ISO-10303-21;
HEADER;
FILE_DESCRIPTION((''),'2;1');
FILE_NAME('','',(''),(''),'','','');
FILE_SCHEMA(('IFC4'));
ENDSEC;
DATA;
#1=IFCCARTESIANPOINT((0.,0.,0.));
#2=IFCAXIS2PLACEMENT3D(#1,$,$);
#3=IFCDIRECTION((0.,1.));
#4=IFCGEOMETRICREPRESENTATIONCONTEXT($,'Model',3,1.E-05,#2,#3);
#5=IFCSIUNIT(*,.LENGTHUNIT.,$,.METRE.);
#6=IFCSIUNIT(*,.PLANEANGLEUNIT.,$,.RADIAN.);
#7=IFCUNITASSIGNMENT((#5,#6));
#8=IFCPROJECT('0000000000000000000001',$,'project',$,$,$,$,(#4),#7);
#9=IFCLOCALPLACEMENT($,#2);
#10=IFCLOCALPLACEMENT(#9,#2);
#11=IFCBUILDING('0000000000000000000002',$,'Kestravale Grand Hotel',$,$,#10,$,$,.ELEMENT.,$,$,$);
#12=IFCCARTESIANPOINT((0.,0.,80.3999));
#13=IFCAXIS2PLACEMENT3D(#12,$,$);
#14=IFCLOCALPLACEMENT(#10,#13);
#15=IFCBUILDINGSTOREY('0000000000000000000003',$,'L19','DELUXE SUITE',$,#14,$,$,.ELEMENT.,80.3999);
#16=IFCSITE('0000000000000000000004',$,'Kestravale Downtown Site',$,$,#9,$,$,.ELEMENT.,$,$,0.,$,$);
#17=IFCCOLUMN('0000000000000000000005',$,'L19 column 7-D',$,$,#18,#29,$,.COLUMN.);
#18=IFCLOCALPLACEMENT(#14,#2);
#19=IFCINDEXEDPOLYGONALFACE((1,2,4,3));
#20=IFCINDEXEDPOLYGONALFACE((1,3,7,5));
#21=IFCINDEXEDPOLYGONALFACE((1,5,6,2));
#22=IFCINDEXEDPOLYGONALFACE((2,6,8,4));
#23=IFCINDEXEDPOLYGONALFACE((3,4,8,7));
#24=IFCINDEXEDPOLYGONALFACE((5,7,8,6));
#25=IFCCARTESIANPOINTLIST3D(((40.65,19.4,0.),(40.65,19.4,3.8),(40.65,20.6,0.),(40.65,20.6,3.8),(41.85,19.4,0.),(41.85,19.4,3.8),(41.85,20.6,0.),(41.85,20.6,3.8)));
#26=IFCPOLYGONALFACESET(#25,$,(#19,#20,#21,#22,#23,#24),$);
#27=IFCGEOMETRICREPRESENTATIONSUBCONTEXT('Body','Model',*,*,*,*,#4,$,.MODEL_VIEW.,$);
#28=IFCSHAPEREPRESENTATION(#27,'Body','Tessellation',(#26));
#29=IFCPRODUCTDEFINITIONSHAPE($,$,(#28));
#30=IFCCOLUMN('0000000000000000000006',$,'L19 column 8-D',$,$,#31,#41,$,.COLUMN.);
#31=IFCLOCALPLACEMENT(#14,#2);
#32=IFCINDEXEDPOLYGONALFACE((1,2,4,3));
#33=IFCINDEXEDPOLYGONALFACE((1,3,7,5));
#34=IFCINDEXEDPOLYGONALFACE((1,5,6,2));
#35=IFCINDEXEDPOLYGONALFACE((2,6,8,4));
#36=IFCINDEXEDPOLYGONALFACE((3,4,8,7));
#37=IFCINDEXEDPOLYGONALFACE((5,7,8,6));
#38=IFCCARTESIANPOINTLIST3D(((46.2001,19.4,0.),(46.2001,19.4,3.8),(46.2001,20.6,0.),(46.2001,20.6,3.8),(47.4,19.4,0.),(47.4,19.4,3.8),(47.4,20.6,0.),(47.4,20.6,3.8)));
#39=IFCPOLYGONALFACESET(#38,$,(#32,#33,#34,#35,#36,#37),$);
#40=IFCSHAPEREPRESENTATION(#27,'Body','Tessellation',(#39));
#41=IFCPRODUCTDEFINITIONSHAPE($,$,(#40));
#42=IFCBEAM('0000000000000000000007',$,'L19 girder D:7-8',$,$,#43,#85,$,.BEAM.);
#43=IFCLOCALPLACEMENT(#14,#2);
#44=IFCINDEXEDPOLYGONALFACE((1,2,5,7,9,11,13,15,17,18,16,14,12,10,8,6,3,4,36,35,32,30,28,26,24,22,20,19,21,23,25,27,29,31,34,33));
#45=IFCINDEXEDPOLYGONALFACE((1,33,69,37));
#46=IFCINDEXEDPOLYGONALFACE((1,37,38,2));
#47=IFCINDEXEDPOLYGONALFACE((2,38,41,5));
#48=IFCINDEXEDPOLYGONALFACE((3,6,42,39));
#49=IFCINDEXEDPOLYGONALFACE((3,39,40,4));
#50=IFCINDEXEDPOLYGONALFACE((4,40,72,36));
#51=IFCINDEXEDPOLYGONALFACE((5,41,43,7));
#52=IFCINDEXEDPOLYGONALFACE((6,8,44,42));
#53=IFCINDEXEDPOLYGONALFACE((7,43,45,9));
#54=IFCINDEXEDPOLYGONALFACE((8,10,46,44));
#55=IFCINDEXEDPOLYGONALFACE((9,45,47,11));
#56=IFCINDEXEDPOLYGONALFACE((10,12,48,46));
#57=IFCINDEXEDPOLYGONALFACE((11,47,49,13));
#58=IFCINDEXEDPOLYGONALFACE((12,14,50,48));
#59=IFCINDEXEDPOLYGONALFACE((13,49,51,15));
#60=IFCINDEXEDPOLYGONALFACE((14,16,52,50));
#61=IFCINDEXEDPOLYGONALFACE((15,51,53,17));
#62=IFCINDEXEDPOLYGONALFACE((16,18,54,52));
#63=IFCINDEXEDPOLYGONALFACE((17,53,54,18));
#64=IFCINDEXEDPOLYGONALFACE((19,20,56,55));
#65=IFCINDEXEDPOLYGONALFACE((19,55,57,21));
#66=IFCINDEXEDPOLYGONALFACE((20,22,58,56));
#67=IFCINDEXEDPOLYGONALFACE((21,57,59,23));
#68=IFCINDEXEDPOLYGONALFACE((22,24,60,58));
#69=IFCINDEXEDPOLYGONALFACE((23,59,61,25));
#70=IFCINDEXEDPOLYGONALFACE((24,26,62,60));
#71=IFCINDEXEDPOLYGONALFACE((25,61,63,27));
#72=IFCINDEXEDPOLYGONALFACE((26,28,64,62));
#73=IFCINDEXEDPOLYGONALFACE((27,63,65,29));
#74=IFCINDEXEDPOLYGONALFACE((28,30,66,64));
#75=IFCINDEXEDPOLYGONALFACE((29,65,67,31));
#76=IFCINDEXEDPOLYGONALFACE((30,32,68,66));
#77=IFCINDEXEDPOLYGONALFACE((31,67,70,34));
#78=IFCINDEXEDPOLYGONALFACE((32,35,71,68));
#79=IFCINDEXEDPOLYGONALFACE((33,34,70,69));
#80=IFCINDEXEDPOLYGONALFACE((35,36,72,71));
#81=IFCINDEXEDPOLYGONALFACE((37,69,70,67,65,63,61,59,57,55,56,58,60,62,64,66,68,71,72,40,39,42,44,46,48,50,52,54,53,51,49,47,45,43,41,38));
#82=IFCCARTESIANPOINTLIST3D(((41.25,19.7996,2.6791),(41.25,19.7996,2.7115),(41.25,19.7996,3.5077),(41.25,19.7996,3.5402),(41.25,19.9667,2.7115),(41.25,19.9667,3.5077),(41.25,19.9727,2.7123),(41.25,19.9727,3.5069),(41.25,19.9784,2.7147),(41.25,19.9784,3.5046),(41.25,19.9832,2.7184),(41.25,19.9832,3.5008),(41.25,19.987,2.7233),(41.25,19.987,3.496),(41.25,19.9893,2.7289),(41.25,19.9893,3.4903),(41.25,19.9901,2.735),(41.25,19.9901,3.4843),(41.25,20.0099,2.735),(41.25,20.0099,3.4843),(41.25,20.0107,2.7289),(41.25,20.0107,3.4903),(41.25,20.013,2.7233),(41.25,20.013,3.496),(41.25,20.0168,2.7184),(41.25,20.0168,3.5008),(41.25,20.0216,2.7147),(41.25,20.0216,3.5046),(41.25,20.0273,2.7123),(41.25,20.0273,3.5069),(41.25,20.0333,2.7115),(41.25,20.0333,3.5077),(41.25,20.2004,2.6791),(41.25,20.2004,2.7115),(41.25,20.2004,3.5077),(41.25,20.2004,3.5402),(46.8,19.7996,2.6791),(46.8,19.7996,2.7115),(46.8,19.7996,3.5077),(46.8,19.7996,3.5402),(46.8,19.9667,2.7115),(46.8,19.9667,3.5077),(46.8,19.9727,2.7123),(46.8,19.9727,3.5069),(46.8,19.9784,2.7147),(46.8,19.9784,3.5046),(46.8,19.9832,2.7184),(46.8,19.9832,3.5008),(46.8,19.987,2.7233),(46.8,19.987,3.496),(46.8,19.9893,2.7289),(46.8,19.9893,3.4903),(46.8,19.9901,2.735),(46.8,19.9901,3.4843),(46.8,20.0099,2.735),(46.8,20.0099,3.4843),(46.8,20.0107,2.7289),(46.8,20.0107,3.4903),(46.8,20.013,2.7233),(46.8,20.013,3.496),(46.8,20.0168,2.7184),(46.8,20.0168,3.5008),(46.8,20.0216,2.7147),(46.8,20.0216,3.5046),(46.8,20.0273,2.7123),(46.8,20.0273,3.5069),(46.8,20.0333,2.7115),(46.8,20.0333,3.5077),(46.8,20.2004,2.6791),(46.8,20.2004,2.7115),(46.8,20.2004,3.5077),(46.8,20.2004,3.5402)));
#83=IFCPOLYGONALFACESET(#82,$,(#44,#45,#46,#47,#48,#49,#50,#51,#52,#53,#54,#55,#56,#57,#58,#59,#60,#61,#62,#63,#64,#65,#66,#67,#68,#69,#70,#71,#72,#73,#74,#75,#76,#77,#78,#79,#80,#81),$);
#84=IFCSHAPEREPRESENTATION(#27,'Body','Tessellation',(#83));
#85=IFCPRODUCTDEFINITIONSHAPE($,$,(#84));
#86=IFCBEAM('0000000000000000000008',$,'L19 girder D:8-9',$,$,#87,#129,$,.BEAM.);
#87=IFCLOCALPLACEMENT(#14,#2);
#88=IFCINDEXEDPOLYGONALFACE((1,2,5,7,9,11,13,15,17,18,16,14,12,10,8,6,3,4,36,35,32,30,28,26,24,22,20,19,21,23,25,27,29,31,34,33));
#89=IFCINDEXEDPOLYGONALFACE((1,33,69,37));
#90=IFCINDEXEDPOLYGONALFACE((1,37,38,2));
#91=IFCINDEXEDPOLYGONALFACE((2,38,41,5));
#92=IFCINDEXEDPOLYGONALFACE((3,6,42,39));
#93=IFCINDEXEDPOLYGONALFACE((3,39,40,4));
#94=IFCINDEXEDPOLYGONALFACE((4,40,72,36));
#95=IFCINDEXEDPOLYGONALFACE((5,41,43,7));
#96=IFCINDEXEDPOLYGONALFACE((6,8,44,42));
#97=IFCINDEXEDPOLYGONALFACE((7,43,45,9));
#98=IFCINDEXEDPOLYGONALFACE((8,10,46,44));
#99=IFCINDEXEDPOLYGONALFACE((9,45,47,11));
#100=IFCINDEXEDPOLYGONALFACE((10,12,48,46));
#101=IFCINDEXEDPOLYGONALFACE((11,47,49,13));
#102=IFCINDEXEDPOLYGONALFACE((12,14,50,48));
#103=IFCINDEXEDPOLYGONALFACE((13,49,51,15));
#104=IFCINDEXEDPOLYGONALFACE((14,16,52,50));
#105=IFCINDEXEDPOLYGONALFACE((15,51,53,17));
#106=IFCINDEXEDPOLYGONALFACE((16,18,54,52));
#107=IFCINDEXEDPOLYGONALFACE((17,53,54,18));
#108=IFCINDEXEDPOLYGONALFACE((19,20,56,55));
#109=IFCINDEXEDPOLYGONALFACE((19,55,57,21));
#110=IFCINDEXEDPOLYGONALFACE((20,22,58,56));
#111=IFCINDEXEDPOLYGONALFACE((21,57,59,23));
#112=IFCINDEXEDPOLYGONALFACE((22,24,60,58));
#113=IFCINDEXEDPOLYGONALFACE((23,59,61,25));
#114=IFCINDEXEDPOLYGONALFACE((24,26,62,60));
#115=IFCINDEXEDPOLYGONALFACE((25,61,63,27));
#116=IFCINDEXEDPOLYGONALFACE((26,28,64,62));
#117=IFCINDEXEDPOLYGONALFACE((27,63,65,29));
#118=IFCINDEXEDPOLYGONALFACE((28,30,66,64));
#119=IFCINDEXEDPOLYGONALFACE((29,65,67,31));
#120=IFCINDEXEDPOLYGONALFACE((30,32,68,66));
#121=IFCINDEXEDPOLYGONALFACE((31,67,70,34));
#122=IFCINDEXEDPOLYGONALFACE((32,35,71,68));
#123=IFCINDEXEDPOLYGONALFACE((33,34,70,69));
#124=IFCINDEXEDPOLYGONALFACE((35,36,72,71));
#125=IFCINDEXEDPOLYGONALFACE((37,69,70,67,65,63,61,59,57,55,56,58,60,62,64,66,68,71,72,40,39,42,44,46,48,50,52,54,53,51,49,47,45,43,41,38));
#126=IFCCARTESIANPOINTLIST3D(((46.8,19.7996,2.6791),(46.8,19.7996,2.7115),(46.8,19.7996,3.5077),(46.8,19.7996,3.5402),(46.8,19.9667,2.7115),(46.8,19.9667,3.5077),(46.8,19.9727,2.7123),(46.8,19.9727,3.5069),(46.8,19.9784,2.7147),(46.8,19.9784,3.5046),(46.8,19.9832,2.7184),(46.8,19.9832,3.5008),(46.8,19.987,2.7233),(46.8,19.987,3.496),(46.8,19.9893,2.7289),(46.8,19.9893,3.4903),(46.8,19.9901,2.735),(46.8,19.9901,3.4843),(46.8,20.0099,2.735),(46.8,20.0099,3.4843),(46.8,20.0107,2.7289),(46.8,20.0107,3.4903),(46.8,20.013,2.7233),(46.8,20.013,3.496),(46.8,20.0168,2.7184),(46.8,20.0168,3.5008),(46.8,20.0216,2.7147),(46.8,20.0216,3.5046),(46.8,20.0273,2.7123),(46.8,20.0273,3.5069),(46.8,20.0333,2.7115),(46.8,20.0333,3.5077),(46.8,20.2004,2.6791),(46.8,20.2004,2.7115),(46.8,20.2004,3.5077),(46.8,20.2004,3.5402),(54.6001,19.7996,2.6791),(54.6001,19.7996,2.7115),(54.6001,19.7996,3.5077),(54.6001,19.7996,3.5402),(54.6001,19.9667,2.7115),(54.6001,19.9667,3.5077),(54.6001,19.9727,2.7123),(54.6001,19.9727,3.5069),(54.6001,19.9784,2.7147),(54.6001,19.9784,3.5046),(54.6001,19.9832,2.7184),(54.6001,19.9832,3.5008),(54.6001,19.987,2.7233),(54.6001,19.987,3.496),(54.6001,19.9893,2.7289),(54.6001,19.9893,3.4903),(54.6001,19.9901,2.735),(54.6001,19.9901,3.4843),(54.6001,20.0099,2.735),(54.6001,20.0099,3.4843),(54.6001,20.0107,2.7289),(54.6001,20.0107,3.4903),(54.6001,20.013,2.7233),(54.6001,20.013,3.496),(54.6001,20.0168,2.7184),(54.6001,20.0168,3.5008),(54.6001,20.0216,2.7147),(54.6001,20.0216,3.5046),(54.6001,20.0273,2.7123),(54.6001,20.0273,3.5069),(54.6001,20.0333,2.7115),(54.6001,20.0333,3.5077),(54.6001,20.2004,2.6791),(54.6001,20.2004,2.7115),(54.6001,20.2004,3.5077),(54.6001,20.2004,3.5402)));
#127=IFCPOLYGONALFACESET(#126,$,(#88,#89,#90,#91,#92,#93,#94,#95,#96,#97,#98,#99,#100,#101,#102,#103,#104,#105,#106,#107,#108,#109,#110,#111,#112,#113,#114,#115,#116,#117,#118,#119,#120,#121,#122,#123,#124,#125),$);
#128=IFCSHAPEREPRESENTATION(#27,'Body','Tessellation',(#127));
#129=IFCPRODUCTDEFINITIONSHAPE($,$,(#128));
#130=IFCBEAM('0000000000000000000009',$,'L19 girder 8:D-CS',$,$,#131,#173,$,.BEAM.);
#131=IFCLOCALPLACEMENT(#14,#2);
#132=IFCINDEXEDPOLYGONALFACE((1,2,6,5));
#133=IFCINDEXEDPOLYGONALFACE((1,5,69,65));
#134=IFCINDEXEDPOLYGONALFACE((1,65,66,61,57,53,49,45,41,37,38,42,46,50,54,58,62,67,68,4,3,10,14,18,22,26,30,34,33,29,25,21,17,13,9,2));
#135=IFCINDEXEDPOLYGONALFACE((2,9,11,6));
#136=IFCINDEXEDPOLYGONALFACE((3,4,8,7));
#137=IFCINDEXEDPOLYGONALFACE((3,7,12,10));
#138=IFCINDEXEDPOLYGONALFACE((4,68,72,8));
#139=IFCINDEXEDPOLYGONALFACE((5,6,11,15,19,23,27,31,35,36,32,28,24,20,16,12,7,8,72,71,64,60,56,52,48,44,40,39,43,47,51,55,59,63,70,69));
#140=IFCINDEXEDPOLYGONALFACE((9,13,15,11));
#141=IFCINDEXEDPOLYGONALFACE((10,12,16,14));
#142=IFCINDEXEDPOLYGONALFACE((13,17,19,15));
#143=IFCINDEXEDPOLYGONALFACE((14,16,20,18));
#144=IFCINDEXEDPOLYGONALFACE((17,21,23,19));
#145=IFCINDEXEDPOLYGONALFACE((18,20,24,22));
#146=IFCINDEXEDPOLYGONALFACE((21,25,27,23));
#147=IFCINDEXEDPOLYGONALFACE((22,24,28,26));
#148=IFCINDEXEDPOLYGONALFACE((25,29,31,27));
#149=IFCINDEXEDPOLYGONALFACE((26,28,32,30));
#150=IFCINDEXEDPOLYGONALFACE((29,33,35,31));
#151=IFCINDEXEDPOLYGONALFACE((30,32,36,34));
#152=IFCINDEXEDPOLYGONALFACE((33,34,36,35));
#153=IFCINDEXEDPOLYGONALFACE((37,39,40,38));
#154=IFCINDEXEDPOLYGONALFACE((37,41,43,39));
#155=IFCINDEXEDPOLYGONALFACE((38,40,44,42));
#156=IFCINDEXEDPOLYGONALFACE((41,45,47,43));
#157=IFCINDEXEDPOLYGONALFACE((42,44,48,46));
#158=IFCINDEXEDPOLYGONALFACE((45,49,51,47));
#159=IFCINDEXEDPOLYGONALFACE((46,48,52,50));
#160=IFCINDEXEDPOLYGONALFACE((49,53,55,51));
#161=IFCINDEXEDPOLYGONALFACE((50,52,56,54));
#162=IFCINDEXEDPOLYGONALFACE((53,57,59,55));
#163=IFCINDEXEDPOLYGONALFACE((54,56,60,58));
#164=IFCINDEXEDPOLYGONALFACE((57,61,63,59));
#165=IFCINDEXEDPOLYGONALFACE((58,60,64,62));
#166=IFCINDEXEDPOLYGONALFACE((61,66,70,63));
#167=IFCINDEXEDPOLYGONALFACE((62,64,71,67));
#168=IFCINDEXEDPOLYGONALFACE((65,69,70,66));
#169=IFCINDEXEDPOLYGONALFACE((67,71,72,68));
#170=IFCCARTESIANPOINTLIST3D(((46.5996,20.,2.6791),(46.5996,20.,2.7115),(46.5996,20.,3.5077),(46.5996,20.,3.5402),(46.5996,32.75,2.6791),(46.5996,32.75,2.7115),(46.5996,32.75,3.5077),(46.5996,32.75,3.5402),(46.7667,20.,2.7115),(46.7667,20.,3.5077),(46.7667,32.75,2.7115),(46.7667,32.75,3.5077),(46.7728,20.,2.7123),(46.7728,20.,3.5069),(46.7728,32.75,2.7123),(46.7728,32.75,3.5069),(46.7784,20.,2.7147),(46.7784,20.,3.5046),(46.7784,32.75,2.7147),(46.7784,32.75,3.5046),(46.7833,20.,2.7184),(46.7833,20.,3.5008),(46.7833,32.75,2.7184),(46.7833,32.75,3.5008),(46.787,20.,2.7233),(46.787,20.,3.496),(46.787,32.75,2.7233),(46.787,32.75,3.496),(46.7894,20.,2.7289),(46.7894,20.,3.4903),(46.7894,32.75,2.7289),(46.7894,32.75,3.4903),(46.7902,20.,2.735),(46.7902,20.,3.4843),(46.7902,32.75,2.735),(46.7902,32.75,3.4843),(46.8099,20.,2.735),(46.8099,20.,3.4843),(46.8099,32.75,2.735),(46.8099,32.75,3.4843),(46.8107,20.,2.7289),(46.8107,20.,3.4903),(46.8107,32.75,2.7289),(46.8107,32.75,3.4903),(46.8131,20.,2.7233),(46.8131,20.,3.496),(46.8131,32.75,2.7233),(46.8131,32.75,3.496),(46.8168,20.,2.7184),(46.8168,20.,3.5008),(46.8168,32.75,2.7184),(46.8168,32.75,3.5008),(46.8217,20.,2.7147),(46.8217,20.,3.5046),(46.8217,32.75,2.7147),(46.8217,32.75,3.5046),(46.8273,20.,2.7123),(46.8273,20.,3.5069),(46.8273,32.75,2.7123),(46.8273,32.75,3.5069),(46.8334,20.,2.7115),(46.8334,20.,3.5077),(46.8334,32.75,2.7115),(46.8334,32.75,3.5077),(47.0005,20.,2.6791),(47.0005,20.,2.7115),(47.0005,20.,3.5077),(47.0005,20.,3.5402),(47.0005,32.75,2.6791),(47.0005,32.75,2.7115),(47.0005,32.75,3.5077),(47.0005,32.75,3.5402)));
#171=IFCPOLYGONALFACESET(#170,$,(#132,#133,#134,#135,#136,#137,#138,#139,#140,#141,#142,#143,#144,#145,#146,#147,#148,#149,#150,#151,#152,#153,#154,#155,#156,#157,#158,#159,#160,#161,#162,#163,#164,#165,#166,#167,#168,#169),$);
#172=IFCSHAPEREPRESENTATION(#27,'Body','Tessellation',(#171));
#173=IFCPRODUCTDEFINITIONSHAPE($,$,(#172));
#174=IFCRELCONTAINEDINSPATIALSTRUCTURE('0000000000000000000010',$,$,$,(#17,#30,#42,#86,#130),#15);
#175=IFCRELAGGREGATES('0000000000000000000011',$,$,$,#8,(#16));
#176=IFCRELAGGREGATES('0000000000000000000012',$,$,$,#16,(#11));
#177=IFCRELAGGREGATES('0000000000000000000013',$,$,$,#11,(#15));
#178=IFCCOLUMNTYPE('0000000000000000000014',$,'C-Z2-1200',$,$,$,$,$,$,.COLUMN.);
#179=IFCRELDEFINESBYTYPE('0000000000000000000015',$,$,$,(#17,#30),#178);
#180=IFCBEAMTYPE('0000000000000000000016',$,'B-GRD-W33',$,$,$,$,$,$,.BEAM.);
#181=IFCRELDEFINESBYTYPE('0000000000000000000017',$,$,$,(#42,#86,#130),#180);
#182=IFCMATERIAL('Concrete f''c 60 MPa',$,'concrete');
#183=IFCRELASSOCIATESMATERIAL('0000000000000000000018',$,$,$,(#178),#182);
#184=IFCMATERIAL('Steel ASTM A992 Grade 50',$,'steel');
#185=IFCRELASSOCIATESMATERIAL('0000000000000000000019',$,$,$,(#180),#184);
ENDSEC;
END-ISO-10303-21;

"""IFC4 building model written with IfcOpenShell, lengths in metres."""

from ifc_helpers import new_model, si_unit, direction, frame, origin, origin_2d, place, context, subcontext, project, spatial, rectangle, i_section, extrude, material, material_profile, profile_set, type_object, element, save


model = new_model("IFC4")

# Units and contexts
model_context = context("Model", 3, precision=1e-05, world=origin(), true_north=direction((0.0, 1.0)))
body_context = subcontext(model_context, "Body", "Model", "MODEL_VIEW")
ifc_project = project(units=[si_unit("LENGTHUNIT", "METRE"), si_unit("PLANEANGLEUNIT", "RADIAN")], contexts=[model_context])

# Site, building, storey
site_placement = place(None, origin())
site = spatial("IfcSite", under=ifc_project, at=site_placement, Name="Kestravale Downtown Site", CompositionType="ELEMENT", RefElevation=0.0)
building_placement = place(site_placement, origin())
building = spatial("IfcBuilding", under=site, at=building_placement, Name="Kestravale Grand Hotel", CompositionType="ELEMENT")
storey_placement = place(building_placement, frame((0.0, 0.0, 80.3999)))
storey = spatial("IfcBuildingStorey", under=building, at=storey_placement, Name="L19", Description="DELUXE SUITE", CompositionType="ELEMENT", Elevation=80.3999)

# Columns
ifc_material_1 = material(Name="Concrete f'c 60 MPa", Category="concrete")
ifc_material_profile_1 = material_profile(ifc_material_1, rectangle(XDim=1.2, YDim=1.2, at=origin_2d()))
ifc_profile_set_1 = profile_set([ifc_material_profile_1], Name="Concrete f'c 60 MPa")
column_type = type_object("IfcColumnType", Name="C-Z2-1200", PredefinedType="COLUMN", material=ifc_profile_set_1)
for number, where, z_axis, x_axis, name in (
    (1, (41.25, 20.0, 0.0), (0.0, 0.0, 1.0), (1.0, 0.0, 0.0), "L19 column 7-D"),
    (2, (46.8, 20.0, 0.0), (0.0, 0.0, 1.0), (1.0, 0.0, 0.0), "L19 column 8-D"),
):
    element("IfcColumn", number, at=place(storey_placement, frame(where, z_axis=z_axis, x_axis=x_axis)), inside=storey, type_object=column_type, Name=name, PredefinedType="COLUMN", context=body_context, shape_type="SweptSolid", body=[
        extrude(rectangle(XDim=1.2, YDim=1.2, at=origin_2d()), origin(), (0.0, 0.0, 1.0), 3.8),
    ])

# Beams
ifc_material_2 = material(Name="Steel ASTM A992 Grade 50", Category="steel")
ifc_material_profile_2 = material_profile(ifc_material_2, i_section(OverallWidth=0.4009, OverallDepth=0.8611, WebThickness=0.0198, FlangeThickness=0.0325, FilletRadius=0.0234, at=origin_2d()))
ifc_profile_set_2 = profile_set([ifc_material_profile_2], Name="Steel ASTM A992 Grade 50")
beam_type = type_object("IfcBeamType", Name="B-GRD-W33", PredefinedType="BEAM", material=ifc_profile_set_2)
beam_1_placement = place(storey_placement, frame((41.25, 20.0, 3.1096), z_axis=(1.0, 0.0, 0.0), x_axis=(0.0, 1.0, 0.0)))
element("IfcBeam", 3, at=beam_1_placement, inside=storey, type_object=beam_type, Name="L19 girder D:7-8", PredefinedType="BEAM", context=body_context, shape_type="SweptSolid", body=[
    extrude(i_section(OverallWidth=0.4009, OverallDepth=0.8611, WebThickness=0.0198, FlangeThickness=0.0325, FilletRadius=0.0234, at=origin_2d()), origin(), (0.0, 0.0, 1.0), 5.55),
])
beam_2_placement = place(storey_placement, frame((46.8, 20.0, 3.1096), z_axis=(1.0, 0.0, 0.0), x_axis=(0.0, 1.0, 0.0)))
element("IfcBeam", 4, at=beam_2_placement, inside=storey, type_object=beam_type, Name="L19 girder D:8-9", PredefinedType="BEAM", context=body_context, shape_type="SweptSolid", body=[
    extrude(i_section(OverallWidth=0.4009, OverallDepth=0.8611, WebThickness=0.0198, FlangeThickness=0.0325, FilletRadius=0.0234, at=origin_2d()), origin(), (0.0, 0.0, 1.0), 7.8),
])
beam_3_placement = place(storey_placement, frame((46.8, 20.0, 3.1096), z_axis=(0.0, 1.0, 0.0), x_axis=(-1.0, 0.0, 0.0)))
element("IfcBeam", 5, at=beam_3_placement, inside=storey, type_object=beam_type, Name="L19 girder 8:D-CS", PredefinedType="BEAM", context=body_context, shape_type="SweptSolid", body=[
    extrude(i_section(OverallWidth=0.4009, OverallDepth=0.8611, WebThickness=0.0198, FlangeThickness=0.0325, FilletRadius=0.0234, at=origin_2d()), origin(), (0.0, 0.0, 1.0), 12.75),
])

save(model, "model.ifc")
